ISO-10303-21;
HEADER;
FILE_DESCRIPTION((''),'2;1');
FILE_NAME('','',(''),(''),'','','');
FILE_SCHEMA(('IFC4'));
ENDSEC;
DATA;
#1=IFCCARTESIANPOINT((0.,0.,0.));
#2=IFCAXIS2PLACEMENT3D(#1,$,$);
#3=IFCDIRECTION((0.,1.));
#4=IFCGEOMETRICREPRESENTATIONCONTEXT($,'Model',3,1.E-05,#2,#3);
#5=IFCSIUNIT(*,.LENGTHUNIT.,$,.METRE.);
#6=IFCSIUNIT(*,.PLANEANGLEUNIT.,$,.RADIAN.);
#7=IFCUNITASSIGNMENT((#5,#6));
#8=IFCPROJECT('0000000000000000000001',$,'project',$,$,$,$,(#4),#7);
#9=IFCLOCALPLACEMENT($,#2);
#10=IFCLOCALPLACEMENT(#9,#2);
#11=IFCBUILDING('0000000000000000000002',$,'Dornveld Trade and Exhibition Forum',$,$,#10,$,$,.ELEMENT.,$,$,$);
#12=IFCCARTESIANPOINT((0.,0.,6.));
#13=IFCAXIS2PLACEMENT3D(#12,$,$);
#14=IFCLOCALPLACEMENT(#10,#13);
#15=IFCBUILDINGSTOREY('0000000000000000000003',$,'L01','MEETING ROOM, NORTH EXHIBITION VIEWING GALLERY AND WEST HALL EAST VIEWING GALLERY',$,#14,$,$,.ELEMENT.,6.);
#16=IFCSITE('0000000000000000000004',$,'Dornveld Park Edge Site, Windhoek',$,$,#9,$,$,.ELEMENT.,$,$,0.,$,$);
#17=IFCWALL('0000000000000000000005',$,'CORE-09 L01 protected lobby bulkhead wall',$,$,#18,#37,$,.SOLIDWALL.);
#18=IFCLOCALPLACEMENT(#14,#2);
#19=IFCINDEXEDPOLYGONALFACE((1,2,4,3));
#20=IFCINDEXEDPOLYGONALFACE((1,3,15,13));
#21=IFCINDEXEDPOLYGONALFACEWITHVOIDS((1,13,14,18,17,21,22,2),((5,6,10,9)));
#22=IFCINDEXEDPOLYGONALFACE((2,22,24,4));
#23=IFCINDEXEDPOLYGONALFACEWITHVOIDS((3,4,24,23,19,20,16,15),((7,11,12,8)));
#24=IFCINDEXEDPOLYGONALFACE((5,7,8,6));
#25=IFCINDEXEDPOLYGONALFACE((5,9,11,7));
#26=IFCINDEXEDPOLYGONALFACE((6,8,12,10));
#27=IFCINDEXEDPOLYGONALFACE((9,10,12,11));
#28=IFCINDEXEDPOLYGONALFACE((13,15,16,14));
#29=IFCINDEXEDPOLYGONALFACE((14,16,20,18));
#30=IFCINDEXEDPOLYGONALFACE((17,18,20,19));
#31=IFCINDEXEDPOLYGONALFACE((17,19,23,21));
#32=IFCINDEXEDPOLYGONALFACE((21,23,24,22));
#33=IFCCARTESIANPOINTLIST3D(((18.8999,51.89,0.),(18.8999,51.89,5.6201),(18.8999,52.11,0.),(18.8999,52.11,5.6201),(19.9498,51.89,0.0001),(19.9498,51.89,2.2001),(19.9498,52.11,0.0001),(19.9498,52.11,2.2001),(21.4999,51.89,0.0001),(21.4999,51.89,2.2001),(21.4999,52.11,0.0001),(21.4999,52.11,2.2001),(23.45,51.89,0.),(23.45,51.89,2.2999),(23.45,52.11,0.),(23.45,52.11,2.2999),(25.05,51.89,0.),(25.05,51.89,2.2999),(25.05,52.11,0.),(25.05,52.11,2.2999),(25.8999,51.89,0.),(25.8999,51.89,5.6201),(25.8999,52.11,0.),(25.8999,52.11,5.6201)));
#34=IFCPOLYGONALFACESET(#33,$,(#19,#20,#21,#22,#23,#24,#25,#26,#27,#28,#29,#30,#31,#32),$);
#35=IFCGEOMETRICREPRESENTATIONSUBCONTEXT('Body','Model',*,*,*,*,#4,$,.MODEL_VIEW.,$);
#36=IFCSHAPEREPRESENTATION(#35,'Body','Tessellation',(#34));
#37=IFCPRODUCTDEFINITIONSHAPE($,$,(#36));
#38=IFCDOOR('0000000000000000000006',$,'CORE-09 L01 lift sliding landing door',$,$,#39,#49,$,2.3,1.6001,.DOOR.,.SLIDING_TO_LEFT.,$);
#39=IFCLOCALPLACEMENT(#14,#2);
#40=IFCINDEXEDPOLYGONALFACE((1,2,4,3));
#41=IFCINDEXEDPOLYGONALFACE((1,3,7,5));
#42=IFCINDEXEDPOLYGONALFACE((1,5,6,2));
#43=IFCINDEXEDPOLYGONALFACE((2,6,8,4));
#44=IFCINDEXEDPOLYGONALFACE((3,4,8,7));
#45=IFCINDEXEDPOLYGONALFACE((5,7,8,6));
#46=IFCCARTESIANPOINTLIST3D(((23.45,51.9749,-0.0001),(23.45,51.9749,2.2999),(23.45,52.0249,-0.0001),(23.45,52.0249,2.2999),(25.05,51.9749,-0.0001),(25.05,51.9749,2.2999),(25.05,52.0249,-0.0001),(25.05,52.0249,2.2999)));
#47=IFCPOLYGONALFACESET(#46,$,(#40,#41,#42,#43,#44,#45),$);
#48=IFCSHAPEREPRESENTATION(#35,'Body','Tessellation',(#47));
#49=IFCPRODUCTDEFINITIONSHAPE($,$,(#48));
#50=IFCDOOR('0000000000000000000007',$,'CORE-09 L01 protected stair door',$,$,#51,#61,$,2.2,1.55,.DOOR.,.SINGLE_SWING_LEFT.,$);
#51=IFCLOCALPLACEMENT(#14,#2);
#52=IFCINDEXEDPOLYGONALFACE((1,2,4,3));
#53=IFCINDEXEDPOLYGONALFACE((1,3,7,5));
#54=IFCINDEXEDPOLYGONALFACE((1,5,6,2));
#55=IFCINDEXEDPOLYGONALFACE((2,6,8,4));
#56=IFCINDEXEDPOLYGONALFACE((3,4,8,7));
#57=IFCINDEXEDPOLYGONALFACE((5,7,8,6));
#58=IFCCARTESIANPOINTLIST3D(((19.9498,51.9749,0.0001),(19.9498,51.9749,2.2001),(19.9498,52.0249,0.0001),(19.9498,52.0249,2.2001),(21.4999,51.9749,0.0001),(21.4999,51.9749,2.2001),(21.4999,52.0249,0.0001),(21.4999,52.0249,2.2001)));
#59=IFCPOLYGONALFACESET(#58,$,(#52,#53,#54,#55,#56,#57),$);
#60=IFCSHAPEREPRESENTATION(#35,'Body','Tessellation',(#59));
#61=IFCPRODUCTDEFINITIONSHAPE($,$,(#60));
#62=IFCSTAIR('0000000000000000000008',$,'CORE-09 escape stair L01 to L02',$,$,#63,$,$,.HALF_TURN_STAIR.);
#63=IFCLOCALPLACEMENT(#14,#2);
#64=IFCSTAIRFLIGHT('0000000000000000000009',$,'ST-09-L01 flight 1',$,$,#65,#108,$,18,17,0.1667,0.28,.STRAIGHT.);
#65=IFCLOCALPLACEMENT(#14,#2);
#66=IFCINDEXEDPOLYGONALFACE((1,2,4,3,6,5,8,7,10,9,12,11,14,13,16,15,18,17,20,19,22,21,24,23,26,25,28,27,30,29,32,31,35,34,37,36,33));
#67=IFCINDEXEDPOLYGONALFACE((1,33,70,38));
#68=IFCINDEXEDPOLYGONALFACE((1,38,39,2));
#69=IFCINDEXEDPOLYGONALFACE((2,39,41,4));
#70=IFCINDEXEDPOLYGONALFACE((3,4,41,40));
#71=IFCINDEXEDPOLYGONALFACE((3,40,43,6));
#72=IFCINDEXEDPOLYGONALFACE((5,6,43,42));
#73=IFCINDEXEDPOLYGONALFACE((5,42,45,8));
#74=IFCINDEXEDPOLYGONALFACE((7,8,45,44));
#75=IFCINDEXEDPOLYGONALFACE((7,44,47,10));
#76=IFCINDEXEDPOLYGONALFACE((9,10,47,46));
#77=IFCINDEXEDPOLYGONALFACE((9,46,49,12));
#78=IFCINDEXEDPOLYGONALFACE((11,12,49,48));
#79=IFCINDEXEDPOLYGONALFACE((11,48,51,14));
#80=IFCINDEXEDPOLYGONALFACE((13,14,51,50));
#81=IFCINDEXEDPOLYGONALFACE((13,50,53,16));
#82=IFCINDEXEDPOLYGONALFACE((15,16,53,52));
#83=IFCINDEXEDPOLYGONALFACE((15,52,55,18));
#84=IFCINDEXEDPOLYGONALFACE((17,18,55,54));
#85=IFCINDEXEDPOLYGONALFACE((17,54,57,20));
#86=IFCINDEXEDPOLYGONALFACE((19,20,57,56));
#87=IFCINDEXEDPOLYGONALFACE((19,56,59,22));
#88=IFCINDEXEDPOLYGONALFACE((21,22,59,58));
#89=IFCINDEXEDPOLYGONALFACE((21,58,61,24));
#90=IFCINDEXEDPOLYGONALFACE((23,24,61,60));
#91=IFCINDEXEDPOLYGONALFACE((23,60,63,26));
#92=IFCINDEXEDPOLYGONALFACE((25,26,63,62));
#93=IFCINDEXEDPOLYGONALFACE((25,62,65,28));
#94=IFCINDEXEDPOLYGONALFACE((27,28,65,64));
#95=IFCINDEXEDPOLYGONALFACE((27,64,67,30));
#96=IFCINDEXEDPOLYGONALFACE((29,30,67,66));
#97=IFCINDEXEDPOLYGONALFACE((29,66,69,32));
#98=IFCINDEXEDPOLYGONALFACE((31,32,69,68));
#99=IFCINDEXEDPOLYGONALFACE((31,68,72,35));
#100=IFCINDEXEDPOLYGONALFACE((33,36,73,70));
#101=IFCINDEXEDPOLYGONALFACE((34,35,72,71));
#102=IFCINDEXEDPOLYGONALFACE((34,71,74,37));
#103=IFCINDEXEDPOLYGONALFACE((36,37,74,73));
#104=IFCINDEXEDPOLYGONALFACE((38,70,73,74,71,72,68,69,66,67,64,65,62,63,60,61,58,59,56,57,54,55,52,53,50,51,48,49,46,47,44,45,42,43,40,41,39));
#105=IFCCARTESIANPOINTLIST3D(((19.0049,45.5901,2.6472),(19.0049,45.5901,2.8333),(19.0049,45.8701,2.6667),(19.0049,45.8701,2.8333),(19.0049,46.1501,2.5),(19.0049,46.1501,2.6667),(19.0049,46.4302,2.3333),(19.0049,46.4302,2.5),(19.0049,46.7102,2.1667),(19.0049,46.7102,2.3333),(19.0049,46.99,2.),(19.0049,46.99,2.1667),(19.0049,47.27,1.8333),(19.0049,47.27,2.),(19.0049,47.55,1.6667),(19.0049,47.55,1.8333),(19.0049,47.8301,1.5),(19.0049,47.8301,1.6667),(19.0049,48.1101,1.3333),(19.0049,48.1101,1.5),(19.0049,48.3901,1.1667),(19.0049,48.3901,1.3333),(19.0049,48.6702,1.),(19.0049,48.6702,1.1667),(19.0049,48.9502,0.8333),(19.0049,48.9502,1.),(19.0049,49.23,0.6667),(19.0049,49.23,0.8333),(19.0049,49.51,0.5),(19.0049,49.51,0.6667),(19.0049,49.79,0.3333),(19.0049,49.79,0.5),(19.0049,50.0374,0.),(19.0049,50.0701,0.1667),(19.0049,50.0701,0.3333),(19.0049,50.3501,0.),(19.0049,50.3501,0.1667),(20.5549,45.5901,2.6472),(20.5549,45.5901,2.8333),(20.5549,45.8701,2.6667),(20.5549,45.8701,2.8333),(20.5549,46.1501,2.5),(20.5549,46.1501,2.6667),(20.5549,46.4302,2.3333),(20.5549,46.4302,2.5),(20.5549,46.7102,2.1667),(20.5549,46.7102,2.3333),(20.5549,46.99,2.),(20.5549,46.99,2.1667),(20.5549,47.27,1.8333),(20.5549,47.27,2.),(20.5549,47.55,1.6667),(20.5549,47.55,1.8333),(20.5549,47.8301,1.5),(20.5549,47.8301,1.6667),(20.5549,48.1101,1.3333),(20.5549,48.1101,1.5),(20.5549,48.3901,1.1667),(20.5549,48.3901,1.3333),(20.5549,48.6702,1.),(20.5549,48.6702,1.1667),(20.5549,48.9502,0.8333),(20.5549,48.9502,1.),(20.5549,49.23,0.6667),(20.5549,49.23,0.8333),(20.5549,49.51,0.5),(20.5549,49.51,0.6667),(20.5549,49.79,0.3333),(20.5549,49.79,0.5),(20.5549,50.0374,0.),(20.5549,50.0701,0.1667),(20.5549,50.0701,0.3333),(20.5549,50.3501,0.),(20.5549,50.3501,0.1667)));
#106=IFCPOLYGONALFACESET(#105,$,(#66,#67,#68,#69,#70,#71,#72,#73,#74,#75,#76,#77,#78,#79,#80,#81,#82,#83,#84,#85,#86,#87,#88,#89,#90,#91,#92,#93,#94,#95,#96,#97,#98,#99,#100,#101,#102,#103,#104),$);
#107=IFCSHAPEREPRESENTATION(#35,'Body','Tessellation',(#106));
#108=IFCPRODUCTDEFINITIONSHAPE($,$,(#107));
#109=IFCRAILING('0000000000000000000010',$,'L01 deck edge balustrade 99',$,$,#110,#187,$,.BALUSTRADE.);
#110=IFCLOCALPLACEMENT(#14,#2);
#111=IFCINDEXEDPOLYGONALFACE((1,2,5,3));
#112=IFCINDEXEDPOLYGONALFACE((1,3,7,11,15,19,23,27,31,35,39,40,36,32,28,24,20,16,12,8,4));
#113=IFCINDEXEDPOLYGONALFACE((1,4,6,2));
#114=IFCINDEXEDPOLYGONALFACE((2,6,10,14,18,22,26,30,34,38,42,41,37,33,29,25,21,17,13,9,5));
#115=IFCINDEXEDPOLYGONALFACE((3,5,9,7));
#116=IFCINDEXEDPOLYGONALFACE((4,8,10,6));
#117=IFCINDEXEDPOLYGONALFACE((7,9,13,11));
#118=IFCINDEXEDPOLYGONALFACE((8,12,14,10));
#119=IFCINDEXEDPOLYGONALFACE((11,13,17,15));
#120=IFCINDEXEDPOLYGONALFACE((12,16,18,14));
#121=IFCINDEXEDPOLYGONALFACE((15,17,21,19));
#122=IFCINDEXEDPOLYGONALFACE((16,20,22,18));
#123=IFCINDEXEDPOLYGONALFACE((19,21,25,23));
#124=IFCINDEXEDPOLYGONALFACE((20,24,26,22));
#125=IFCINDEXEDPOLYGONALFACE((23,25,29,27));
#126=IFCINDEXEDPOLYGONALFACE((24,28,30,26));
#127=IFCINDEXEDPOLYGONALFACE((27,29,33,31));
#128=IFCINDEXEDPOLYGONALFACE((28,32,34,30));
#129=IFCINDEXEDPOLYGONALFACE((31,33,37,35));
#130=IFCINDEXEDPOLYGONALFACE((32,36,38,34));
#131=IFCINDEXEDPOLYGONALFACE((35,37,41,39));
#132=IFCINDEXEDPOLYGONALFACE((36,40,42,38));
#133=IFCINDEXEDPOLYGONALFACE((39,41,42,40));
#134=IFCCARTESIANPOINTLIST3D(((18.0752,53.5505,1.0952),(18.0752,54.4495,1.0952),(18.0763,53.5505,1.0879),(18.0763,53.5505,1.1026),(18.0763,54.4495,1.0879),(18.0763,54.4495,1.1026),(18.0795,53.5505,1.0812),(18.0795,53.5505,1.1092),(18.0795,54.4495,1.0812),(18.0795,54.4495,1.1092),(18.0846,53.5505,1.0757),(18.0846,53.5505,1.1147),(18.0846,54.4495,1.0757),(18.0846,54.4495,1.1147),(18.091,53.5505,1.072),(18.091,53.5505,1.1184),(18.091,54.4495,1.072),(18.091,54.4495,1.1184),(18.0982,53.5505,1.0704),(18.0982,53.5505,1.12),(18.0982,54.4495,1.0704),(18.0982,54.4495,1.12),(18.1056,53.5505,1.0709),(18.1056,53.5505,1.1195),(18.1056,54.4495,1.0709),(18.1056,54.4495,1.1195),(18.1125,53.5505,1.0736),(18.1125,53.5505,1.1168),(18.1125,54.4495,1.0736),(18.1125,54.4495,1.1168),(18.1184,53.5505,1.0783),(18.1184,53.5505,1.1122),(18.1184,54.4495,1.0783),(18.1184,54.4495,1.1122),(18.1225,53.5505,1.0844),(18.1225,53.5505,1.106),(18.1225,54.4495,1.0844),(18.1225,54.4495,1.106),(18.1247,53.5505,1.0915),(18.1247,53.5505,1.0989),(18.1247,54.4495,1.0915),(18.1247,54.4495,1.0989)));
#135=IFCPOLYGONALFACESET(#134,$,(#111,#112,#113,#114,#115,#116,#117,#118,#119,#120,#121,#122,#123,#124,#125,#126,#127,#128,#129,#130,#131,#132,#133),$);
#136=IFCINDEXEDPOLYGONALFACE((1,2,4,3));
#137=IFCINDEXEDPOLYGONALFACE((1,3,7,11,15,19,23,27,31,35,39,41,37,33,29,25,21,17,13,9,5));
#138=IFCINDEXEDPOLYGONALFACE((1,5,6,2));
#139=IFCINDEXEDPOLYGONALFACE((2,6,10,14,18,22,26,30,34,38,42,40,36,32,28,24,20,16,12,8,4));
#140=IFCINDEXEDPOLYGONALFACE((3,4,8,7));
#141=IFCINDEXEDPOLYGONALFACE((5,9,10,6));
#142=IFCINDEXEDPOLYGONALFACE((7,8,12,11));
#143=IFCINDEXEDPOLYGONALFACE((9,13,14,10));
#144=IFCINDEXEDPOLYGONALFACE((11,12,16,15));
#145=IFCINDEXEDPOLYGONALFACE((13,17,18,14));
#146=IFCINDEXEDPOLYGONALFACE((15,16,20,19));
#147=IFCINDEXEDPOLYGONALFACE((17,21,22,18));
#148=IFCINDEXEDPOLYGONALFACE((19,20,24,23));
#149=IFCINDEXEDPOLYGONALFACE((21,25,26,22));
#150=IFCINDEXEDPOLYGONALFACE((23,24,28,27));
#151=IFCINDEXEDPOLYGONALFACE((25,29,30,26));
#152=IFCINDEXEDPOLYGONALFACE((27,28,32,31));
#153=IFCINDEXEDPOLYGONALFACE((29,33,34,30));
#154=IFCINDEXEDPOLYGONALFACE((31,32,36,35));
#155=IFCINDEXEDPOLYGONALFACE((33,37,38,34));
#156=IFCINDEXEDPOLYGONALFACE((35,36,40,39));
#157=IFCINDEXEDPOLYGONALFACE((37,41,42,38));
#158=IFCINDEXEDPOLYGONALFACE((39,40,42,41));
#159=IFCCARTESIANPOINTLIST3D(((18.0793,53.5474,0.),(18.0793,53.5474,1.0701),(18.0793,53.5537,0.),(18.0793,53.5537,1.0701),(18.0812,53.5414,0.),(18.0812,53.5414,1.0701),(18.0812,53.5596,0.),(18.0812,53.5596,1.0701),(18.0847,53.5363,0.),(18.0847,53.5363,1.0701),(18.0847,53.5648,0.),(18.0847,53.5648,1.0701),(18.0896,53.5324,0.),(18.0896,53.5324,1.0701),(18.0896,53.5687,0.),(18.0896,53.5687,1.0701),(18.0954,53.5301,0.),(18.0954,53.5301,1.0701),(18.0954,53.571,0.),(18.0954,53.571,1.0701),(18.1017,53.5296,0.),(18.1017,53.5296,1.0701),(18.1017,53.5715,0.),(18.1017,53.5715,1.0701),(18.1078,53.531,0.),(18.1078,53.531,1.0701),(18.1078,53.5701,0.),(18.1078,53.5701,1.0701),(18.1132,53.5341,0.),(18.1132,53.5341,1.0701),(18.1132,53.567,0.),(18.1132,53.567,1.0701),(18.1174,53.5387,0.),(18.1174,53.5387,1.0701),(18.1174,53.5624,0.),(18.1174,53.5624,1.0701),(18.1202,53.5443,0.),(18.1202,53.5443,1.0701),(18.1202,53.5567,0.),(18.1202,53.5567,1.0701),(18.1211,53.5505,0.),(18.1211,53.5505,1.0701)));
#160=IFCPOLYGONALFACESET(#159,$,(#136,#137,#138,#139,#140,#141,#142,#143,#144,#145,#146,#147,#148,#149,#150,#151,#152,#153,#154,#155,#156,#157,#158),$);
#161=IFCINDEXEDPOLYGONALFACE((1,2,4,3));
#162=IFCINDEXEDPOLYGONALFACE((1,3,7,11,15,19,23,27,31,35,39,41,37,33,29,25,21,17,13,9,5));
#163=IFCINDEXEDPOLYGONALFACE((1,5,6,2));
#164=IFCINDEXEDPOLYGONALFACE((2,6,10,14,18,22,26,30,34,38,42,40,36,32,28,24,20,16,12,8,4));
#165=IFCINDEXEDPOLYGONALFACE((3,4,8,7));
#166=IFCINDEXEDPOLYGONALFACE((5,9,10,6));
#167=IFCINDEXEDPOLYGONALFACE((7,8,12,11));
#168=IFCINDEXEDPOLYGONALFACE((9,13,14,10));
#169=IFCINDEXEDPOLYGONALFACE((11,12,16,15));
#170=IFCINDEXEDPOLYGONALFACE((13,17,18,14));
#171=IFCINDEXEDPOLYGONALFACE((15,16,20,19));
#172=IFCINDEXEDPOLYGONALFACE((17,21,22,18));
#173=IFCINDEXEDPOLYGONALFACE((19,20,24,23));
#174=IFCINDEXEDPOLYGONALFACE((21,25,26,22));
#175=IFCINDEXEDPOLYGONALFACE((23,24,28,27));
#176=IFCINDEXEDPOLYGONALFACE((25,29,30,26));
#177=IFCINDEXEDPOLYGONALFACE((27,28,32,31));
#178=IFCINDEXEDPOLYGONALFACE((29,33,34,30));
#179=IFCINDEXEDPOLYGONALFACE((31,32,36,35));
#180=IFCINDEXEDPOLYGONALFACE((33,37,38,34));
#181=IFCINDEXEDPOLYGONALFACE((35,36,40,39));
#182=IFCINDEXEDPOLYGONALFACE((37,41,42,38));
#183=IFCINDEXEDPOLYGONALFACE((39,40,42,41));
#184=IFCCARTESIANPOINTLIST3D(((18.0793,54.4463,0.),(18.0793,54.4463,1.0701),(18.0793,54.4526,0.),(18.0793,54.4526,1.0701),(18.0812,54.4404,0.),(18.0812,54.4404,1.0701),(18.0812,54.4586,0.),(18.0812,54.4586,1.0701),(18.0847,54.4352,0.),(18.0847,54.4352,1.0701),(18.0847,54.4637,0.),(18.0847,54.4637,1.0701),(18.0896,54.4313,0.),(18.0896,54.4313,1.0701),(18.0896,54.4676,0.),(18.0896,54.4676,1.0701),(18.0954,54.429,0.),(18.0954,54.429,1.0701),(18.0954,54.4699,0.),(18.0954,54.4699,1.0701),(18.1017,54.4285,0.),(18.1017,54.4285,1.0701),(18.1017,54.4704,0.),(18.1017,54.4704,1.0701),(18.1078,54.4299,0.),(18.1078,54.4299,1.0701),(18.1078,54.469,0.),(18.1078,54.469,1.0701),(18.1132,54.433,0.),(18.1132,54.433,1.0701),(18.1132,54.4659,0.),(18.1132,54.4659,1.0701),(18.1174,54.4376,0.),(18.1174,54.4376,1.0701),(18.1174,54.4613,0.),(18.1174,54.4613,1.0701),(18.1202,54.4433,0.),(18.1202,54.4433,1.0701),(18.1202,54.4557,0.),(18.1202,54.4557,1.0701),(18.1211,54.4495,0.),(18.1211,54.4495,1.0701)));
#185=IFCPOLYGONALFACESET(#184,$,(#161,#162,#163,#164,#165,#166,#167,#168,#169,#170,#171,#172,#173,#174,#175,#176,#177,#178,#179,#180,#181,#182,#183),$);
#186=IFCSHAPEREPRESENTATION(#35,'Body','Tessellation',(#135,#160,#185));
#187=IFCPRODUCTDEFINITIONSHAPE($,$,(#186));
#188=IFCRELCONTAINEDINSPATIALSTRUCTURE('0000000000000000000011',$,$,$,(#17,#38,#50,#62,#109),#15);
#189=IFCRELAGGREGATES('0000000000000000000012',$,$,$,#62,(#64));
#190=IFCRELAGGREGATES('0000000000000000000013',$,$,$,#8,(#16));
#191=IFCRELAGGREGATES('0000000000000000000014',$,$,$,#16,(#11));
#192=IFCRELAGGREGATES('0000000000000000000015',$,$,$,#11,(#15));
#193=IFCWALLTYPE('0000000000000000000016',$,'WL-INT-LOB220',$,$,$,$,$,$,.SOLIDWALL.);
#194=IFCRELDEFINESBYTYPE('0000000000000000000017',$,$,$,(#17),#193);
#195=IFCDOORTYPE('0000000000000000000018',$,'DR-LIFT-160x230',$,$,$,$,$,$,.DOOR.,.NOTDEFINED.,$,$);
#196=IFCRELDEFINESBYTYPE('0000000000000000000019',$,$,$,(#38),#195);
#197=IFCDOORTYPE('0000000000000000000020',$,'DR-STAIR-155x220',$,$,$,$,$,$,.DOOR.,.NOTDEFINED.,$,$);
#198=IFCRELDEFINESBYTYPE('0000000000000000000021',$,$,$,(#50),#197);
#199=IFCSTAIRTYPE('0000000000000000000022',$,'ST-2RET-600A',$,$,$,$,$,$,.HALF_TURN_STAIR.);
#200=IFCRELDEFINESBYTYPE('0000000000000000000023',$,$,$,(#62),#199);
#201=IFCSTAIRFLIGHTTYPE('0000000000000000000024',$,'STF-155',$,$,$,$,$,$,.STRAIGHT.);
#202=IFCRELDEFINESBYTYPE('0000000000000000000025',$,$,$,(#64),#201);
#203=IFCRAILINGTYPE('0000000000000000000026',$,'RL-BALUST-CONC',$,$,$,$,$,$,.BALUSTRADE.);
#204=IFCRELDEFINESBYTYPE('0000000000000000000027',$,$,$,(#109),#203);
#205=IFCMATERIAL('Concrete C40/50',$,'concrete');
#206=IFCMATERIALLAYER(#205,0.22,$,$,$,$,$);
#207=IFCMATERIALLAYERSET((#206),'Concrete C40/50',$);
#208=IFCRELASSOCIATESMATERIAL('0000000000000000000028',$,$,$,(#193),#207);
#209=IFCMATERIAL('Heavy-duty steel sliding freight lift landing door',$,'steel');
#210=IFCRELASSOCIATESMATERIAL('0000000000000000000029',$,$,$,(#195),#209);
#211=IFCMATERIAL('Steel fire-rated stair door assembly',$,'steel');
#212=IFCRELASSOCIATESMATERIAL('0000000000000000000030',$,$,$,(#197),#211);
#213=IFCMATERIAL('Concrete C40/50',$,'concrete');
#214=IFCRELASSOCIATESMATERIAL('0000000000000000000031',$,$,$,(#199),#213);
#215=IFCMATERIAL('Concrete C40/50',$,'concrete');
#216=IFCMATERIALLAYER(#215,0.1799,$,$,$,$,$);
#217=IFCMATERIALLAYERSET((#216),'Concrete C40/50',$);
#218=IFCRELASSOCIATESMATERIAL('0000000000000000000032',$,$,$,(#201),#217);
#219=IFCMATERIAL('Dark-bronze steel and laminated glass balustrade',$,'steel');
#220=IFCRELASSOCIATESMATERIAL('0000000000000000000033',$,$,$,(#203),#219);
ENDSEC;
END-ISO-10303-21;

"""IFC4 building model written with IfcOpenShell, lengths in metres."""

from ifc_helpers import new_model, si_unit, direction, frame, frame_2d, origin, origin_2d, place, context, subcontext, project, spatial, polyline, rectangle, circle, outline, extrude, material, layer, layer_set, type_object, element, fill, aggregate, save


model = new_model("IFC4")

# Units and contexts
model_context = context("Model", 3, precision=1e-05, world=origin(), true_north=direction((0.0, 1.0)))
body_context = subcontext(model_context, "Body", "Model", "MODEL_VIEW")
ifc_project = project(units=[si_unit("LENGTHUNIT", "METRE"), si_unit("PLANEANGLEUNIT", "RADIAN")], contexts=[model_context])

# Site, building, storey
site_placement = place(None, origin())
site = spatial("IfcSite", under=ifc_project, at=site_placement, Name="Dornveld Park Edge Site, Windhoek", CompositionType="ELEMENT", RefElevation=0.0)
building_placement = place(site_placement, origin())
building = spatial("IfcBuilding", under=site, at=building_placement, Name="Dornveld Trade and Exhibition Forum", CompositionType="ELEMENT")
storey_placement = place(building_placement, frame((0.0, 0.0, 6.0)))
storey = spatial("IfcBuildingStorey", under=building, at=storey_placement, Name="L01", Description="MEETING ROOM, NORTH EXHIBITION VIEWING GALLERY AND WEST HALL EAST VIEWING GALLERY", CompositionType="ELEMENT", Elevation=6.0)

# Wall, openings, doors
ifc_material_1 = material(Name="Concrete C40/50", Category="concrete")
ifc_layer_1 = layer(ifc_material_1, 0.22)
ifc_layer_set_1 = layer_set([ifc_layer_1], Name="Concrete C40/50")
wall_type_1 = type_object("IfcWallType", Name="WL-INT-LOB220", PredefinedType="SOLIDWALL", material=ifc_layer_set_1)
wall_1_placement = place(storey_placement, frame((18.8999, 52.0, 0.0), z_axis=(0.0, 0.0, 1.0), x_axis=(1.0, 0.0, 0.0)))
wall_1 = element("IfcWall", 1, at=wall_1_placement, inside=storey, type_object=wall_type_1, Name="CORE-09 L01 protected lobby bulkhead wall", PredefinedType="SOLIDWALL", context=body_context, shape_type="SweptSolid", body=[
    extrude(rectangle(XDim=7.0, YDim=0.22, at=frame_2d((3.5, 0.0))), origin(), (0.0, 0.0, 1.0), 5.6201),
])
opening_1_placement = place(wall_1_placement, frame((1.05, 0.0, 0.0)))
opening_1 = element("IfcOpeningElement", 2, at=opening_1_placement, cuts=wall_1, PredefinedType="OPENING", context=body_context, shape_type="SweptSolid", body=[
    extrude(rectangle(XDim=1.55, YDim=2.2, at=frame_2d((0.7749, 1.1001))), frame((0.0, 0.1199, 0.0), z_axis=(0.0, -1.0, 0.0), x_axis=(1.0, 0.0, 0.0)), (0.0, 0.0, 1.0), 0.24),
])
opening_2_placement = place(wall_1_placement, frame((4.55, 0.0, 0.0)))
opening_2 = element("IfcOpeningElement", 3, at=opening_2_placement, cuts=wall_1, PredefinedType="OPENING", context=body_context, shape_type="SweptSolid", body=[
    extrude(rectangle(XDim=1.6001, YDim=2.3, at=frame_2d((0.8, 1.1499))), frame((0.0, 0.1199, 0.0), z_axis=(0.0, -1.0, 0.0), x_axis=(1.0, 0.0, 0.0)), (0.0, 0.0, 1.0), 0.24),
])
ifc_material_2 = material(Name="Heavy-duty steel sliding freight lift landing door", Category="steel")
door_type_1 = type_object("IfcDoorType", Name="DR-LIFT-160x230", OperationType="NOTDEFINED", PredefinedType="DOOR", material=ifc_material_2)
door_1_placement = place(opening_2_placement, origin())
door_1 = element("IfcDoor", 4, at=door_1_placement, inside=storey, type_object=door_type_1, Name="CORE-09 L01 lift sliding landing door", OperationType="SLIDING_TO_LEFT", OverallHeight=2.3, OverallWidth=1.6001, PredefinedType="DOOR", context=body_context, shape_type="SweptSolid", body=[
    extrude(rectangle(XDim=1.6001, YDim=2.3, at=frame_2d((0.8, 1.1499))), frame((0.0, 0.0249, 0.0), z_axis=(0.0, -1.0, 0.0), x_axis=(1.0, 0.0, 0.0)), (0.0, 0.0, 1.0), 0.05),
])
fill(opening_2, door_1)
ifc_material_3 = material(Name="Steel fire-rated stair door assembly", Category="steel")
door_type_2 = type_object("IfcDoorType", Name="DR-STAIR-155x220", OperationType="NOTDEFINED", PredefinedType="DOOR", material=ifc_material_3)
door_2_placement = place(opening_1_placement, origin())
door_2 = element("IfcDoor", 5, at=door_2_placement, inside=storey, type_object=door_type_2, Name="CORE-09 L01 protected stair door", OperationType="SINGLE_SWING_LEFT", OverallHeight=2.2, OverallWidth=1.55, PredefinedType="DOOR", context=body_context, shape_type="SweptSolid", body=[
    extrude(rectangle(XDim=1.55, YDim=2.2, at=frame_2d((0.7749, 1.1001))), frame((0.0, 0.0249, 0.0), z_axis=(0.0, -1.0, 0.0), x_axis=(1.0, 0.0, 0.0)), (0.0, 0.0, 1.0), 0.05),
])
fill(opening_1, door_2)

# Stair, stair flight
ifc_material_4 = material(Name="Concrete C40/50", Category="concrete")
stair_type = type_object("IfcStairType", Name="ST-2RET-600A", PredefinedType="HALF_TURN_STAIR", material=ifc_material_4)
stair_placement = place(storey_placement, origin())
stair = element("IfcStair", 6, at=stair_placement, inside=storey, type_object=stair_type, Name="CORE-09 escape stair L01 to L02", PredefinedType="HALF_TURN_STAIR")
ifc_material_5 = material(Name="Concrete C40/50", Category="concrete")
ifc_layer_2 = layer(ifc_material_5, 0.1799)
ifc_layer_set_2 = layer_set([ifc_layer_2], Name="Concrete C40/50")
stair_flight_type = type_object("IfcStairFlightType", Name="STF-155", PredefinedType="STRAIGHT", material=ifc_layer_set_2)
stair_flight_placement = place(storey_placement, frame((19.78, 50.3501, 0.0), z_axis=(0.0, 0.0, 1.0), x_axis=(0.0, -1.0, 0.0)))
stair_flight = element("IfcStairFlight", 7, at=stair_flight_placement, type_object=stair_flight_type, Name="ST-09-L01 flight 1", NumberOfRisers=18, NumberOfTreads=17, PredefinedType="STRAIGHT", RiserHeight=0.1667, TreadLength=0.28, context=body_context, shape_type="SweptSolid", body=[
    extrude(outline(polyline([(0.0, 0.0), (0.0, 0.1667), (0.28, 0.1667), (0.28, 0.3333), (0.5601, 0.3333), (0.5601, 0.5), (0.8401, 0.5), (0.8401, 0.6667), (1.1201, 0.6667), (1.1201, 0.8333), (1.3999, 0.8333), (1.3999, 1.0), (1.6799, 1.0), (1.6799, 1.1667), (1.96, 1.1667), (1.96, 1.3333), (2.24, 1.3333), (2.24, 1.5), (2.52, 1.5), (2.52, 1.6667), (2.8, 1.6667), (2.8, 1.8333), (3.0801, 1.8333), (3.0801, 2.0), (3.3601, 2.0), (3.3601, 2.1667), (3.6399, 2.1667), (3.6399, 2.3333), (3.9199, 2.3333), (3.9199, 2.5), (4.2, 2.5), (4.2, 2.6667), (4.48, 2.6667), (4.48, 2.8333), (4.76, 2.8333), (4.76, 3.0), (4.76, 2.6472), (0.3127, 0.0), (0.0, 0.0)])), frame((0.0, 0.7749, 0.0), z_axis=(0.0, -1.0, 0.0), x_axis=(1.0, 0.0, 0.0)), (0.0, 0.0, 1.0), 1.55),
])
aggregate(stair, [stair_flight])

# Railing
ifc_material_6 = material(Name="Dark-bronze steel and laminated glass balustrade", Category="steel")
railing_type_1 = type_object("IfcRailingType", Name="RL-BALUST-CONC", PredefinedType="BALUSTRADE", material=ifc_material_6)
railing_1_placement = place(storey_placement, frame((18.1001, 53.5505, 0.0)))
element("IfcRailing", 8, at=railing_1_placement, inside=storey, type_object=railing_type_1, Name="L01 deck edge balustrade 99", PredefinedType="BALUSTRADE", context=body_context, shape_type="SweptSolid", body=[
    extrude(circle(Radius=0.0249, at=origin_2d()), frame((0.0, 0.0, 1.0952), z_axis=(0.0, 1.0, 0.0), x_axis=(-1.0, 0.0, 0.0)), (0.0, 0.0, 1.0), 0.8989),
    extrude(circle(Radius=0.021, at=origin_2d()), origin(), (0.0, 0.0, 1.0), 1.0701),
    extrude(circle(Radius=0.021, at=origin_2d()), frame((0.0, 0.8989, 0.0)), (0.0, 0.0, 1.0), 1.0701),
])

save(model, "model.ifc")
